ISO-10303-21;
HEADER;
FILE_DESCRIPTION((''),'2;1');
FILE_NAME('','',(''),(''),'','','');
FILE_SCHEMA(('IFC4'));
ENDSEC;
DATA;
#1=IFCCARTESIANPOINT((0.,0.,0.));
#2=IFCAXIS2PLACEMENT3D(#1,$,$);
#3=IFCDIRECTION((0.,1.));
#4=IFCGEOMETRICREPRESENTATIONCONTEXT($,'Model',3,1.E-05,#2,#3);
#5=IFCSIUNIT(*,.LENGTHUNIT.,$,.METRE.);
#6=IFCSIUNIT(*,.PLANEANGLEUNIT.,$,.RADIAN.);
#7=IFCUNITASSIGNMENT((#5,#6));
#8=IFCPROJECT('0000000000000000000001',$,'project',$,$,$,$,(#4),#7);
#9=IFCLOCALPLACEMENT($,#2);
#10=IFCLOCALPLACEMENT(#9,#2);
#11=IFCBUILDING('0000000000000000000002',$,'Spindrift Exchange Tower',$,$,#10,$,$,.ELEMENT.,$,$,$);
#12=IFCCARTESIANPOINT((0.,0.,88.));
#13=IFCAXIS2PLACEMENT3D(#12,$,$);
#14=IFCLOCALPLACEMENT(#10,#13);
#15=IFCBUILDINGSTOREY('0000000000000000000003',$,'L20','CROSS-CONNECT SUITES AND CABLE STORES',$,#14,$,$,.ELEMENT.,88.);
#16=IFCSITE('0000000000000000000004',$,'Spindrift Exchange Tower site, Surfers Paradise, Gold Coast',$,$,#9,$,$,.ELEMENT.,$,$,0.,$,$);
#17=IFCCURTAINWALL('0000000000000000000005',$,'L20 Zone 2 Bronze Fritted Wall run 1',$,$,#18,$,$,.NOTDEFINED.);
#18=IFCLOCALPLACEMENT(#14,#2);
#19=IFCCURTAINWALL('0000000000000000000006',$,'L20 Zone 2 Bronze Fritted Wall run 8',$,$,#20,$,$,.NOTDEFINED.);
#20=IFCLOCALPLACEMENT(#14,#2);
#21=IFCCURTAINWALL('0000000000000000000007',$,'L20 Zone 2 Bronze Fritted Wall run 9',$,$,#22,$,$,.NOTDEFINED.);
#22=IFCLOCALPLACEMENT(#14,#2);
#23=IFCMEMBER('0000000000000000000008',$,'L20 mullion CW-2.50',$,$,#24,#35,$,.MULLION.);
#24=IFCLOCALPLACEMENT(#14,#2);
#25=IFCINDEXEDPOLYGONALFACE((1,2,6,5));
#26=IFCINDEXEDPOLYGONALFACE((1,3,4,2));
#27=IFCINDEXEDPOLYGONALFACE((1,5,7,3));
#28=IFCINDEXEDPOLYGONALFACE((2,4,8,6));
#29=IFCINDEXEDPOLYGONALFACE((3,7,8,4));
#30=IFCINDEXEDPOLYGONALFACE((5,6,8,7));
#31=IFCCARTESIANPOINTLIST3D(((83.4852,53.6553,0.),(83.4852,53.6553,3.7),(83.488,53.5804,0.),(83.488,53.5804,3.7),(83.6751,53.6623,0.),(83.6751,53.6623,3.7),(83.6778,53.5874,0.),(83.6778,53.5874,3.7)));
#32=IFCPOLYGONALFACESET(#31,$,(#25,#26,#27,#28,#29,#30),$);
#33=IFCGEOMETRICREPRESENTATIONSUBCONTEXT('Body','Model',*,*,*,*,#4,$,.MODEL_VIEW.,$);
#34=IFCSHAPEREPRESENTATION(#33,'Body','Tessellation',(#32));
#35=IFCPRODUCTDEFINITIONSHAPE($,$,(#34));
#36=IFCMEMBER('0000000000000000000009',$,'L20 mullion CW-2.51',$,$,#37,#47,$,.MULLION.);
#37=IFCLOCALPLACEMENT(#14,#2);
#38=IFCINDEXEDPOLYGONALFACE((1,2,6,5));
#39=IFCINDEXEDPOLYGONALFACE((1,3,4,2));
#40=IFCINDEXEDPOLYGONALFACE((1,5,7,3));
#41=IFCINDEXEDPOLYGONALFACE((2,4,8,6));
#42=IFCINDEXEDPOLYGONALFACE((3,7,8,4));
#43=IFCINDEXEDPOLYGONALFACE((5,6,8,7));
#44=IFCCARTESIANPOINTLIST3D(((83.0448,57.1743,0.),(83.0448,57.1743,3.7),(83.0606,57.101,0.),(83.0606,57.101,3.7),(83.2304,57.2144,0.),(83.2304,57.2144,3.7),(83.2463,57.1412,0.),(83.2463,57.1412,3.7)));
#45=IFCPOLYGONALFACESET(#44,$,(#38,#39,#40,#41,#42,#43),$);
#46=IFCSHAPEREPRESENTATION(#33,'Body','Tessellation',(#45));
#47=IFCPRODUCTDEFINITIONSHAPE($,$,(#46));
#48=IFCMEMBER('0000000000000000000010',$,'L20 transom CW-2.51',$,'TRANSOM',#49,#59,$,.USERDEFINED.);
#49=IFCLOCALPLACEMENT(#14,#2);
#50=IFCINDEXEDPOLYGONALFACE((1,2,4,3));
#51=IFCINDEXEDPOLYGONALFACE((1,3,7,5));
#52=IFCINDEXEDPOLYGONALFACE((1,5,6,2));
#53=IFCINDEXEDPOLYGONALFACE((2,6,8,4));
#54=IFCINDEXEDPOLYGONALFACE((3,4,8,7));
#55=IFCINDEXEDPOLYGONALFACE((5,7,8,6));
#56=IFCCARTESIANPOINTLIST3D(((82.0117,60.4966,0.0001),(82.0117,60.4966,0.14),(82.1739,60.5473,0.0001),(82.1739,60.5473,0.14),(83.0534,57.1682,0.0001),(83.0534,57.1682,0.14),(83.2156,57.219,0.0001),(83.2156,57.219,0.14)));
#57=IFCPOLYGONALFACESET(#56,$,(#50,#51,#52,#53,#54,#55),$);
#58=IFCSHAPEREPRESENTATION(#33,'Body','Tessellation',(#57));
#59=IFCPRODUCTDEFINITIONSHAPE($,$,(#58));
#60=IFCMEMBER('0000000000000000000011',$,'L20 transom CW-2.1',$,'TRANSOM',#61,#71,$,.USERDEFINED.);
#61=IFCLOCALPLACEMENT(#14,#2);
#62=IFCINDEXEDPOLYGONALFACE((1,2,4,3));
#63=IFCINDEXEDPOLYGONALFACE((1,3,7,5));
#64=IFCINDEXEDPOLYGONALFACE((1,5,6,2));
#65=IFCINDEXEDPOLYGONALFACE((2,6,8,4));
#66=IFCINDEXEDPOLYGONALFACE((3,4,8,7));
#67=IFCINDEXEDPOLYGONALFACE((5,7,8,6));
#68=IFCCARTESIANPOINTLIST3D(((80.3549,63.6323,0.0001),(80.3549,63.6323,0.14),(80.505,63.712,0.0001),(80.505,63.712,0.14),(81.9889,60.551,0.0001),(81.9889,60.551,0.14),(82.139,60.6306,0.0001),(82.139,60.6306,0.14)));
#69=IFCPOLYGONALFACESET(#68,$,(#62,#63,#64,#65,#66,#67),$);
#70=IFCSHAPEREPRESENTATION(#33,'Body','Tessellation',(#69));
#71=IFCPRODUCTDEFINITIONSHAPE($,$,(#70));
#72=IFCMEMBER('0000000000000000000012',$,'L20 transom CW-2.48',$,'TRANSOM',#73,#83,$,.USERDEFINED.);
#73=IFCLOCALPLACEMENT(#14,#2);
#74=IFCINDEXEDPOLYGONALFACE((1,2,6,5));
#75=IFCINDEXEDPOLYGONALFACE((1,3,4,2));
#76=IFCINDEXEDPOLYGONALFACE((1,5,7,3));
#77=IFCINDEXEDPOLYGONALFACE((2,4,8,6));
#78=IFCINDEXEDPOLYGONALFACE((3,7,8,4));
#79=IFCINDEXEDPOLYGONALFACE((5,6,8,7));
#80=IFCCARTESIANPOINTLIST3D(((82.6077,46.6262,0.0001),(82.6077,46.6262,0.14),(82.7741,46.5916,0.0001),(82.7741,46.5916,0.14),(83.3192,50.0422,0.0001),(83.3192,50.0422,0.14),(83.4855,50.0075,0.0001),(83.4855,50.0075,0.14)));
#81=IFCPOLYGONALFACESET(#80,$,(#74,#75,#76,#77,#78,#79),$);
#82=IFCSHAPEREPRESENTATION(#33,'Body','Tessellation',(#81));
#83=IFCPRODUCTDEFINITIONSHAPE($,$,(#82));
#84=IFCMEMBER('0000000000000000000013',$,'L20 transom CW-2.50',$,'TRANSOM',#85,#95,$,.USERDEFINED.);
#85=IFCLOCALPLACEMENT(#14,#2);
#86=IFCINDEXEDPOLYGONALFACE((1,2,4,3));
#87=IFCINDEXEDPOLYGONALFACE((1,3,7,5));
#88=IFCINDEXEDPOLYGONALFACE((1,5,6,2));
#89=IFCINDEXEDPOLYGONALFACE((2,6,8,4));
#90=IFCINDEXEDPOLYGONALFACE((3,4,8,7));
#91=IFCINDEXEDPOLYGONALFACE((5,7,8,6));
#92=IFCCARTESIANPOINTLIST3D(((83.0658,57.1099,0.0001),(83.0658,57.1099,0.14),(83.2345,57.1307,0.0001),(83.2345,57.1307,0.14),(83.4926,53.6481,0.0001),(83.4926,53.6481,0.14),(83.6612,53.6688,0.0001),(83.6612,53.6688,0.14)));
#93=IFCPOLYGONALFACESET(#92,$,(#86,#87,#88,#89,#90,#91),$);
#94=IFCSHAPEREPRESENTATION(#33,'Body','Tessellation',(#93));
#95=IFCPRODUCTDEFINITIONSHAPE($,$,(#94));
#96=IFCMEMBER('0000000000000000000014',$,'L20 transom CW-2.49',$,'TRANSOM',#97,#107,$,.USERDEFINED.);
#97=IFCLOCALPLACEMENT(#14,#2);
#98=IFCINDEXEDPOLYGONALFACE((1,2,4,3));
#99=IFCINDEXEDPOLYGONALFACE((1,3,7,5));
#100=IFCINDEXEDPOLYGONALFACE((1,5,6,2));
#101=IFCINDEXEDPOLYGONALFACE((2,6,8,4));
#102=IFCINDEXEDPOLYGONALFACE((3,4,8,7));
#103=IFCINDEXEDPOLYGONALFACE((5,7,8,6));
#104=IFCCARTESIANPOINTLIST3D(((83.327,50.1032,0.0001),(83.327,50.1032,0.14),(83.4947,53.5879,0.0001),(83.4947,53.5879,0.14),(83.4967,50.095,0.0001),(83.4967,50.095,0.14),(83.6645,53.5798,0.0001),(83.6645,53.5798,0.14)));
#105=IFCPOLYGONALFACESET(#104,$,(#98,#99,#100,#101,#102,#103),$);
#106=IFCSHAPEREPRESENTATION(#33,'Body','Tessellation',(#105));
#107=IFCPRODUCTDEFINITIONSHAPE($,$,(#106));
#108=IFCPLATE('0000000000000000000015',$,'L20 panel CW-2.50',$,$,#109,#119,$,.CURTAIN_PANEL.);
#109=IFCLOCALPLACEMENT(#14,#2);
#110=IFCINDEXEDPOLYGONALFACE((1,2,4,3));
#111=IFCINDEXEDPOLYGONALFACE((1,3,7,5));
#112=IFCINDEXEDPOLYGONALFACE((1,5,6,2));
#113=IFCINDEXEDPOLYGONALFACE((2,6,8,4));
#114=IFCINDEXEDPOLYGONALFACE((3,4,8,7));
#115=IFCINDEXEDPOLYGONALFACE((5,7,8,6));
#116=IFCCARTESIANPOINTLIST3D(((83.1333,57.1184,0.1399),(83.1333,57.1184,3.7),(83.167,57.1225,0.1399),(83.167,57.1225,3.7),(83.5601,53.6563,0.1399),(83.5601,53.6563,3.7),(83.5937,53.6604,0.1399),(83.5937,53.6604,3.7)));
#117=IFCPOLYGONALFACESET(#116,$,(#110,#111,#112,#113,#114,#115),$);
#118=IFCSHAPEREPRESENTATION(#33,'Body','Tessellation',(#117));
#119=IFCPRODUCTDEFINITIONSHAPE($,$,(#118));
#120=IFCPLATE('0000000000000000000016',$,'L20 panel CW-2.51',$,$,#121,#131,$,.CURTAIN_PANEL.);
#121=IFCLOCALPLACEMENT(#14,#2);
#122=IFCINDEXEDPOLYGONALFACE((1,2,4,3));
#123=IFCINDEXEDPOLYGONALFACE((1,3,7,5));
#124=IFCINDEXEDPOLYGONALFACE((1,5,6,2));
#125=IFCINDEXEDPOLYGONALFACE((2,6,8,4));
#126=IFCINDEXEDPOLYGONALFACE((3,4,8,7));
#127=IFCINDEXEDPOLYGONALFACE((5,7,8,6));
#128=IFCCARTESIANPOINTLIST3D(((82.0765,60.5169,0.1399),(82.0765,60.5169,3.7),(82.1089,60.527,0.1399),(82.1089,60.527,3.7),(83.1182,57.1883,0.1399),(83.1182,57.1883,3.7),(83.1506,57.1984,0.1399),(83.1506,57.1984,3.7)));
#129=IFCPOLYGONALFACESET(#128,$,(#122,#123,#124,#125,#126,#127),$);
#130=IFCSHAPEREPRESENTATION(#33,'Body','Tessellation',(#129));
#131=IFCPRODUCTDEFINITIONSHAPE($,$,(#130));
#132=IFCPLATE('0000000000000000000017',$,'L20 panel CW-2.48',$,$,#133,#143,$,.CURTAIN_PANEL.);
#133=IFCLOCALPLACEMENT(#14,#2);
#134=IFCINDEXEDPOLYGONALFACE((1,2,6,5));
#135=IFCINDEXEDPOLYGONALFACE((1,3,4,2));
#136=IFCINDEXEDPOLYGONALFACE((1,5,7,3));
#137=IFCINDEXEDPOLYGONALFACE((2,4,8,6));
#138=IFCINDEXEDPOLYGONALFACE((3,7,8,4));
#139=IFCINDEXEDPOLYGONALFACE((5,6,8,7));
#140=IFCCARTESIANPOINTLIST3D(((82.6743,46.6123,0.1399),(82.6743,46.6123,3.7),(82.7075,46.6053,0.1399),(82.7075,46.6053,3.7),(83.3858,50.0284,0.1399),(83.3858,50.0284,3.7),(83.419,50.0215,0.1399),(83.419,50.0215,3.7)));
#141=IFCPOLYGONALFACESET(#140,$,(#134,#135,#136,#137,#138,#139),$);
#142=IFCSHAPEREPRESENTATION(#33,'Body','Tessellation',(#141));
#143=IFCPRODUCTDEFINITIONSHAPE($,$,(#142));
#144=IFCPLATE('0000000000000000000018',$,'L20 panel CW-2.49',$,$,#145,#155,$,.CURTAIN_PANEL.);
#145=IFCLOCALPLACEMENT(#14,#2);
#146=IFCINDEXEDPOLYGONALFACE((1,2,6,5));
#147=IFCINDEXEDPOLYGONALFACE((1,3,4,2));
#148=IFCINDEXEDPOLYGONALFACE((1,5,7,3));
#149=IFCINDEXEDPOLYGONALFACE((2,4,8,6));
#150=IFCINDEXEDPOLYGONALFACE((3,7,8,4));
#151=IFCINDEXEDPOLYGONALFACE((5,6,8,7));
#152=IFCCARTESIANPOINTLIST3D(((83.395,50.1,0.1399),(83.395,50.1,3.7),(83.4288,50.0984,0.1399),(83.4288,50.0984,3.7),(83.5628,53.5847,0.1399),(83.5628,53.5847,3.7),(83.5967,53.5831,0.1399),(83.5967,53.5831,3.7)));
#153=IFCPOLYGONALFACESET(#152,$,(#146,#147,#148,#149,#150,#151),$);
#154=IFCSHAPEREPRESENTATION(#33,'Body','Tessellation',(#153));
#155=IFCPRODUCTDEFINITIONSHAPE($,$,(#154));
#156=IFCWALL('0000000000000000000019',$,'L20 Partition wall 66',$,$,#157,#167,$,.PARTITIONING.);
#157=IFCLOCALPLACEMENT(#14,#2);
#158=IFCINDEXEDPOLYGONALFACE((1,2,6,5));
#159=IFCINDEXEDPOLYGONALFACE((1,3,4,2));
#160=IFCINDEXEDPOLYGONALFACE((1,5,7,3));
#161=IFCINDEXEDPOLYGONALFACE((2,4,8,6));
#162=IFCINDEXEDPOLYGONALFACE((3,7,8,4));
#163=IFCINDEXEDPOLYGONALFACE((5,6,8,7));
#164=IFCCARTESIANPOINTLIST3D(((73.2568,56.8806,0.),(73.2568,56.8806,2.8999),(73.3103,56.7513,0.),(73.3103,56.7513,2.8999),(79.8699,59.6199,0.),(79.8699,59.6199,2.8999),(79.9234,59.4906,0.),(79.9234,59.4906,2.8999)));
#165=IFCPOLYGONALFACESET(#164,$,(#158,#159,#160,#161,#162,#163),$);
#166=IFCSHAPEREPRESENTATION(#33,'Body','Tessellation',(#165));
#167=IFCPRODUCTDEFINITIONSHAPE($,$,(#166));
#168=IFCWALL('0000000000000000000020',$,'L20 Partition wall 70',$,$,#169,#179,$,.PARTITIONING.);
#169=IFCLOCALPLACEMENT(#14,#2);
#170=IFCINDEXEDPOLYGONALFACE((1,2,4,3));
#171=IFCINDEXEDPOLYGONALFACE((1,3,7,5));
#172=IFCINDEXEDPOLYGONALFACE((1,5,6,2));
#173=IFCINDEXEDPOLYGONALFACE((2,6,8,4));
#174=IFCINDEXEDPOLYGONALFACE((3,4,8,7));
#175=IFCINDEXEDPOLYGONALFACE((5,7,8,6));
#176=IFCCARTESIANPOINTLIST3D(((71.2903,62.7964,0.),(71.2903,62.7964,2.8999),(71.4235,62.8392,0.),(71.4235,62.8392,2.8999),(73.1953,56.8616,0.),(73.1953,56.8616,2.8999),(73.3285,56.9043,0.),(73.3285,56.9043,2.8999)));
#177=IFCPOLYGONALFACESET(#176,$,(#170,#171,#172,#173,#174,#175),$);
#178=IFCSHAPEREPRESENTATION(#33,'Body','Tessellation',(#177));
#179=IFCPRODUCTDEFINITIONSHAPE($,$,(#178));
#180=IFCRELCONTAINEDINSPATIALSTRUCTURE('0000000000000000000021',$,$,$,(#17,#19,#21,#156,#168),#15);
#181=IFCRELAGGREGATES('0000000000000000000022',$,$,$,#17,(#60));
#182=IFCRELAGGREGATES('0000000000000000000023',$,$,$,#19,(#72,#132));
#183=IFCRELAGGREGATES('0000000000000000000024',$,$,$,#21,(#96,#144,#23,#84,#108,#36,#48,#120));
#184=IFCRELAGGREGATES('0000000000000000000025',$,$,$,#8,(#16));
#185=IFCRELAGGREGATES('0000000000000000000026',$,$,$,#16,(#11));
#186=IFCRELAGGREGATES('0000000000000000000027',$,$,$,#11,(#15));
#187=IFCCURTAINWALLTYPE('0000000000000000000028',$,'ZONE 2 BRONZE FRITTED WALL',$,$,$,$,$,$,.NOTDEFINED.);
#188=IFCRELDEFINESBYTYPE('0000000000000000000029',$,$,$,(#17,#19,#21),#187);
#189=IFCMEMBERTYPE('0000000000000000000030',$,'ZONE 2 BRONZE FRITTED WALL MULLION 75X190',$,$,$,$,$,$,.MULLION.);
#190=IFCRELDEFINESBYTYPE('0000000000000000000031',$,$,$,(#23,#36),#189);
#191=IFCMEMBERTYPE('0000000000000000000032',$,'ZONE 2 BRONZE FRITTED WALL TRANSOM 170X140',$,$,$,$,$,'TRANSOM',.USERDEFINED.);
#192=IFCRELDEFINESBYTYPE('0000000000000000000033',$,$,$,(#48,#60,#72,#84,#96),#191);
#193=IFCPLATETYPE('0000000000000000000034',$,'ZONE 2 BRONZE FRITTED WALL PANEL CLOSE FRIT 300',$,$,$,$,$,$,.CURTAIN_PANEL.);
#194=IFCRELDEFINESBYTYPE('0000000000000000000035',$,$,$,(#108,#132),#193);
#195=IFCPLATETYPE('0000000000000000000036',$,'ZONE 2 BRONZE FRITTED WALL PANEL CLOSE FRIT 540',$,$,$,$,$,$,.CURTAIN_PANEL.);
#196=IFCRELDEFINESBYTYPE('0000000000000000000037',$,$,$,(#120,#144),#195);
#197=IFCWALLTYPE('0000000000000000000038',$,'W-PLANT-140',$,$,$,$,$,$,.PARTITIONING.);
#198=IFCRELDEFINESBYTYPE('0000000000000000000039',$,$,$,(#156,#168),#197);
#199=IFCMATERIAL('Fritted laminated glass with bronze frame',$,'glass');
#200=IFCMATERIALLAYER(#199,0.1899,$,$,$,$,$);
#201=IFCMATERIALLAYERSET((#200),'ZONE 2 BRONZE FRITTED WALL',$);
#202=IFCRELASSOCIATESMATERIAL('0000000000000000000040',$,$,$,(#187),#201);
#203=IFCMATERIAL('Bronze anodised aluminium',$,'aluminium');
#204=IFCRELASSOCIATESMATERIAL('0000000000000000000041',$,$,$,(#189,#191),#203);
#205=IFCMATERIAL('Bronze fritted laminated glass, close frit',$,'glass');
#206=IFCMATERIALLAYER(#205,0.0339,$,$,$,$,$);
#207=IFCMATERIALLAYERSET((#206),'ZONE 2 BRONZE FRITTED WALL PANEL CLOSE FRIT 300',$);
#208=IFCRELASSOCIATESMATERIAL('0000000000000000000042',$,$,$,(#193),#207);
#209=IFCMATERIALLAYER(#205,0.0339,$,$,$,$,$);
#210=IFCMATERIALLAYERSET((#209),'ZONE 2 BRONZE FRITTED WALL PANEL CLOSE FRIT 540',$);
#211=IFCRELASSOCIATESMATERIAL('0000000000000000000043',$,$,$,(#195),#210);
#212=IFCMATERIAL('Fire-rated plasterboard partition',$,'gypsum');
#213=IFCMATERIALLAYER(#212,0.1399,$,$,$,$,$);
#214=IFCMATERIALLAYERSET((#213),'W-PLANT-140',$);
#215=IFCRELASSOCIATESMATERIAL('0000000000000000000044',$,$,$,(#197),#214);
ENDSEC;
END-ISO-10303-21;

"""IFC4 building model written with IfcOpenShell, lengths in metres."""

from ifc_helpers import new_model, si_unit, direction, frame, frame_2d, origin, origin_2d, place, context, subcontext, project, spatial, rectangle, extrude, source, transform, mapped, material, layer, layer_set, material_profile, profile_set, type_object, element, aggregate, save


model = new_model("IFC4")

# Units and contexts
model_context = context("Model", 3, precision=1e-05, world=origin(), true_north=direction((0.0, 1.0)))
body_context = subcontext(model_context, "Body", "Model", "MODEL_VIEW")
ifc_project = project(units=[si_unit("LENGTHUNIT", "METRE"), si_unit("PLANEANGLEUNIT", "RADIAN")], contexts=[model_context])

# Site, building, storey
site_placement = place(None, origin())
site = spatial("IfcSite", under=ifc_project, at=site_placement, Name="Spindrift Exchange Tower site, Surfers Paradise, Gold Coast", CompositionType="ELEMENT", RefElevation=0.0)
building_placement = place(site_placement, origin())
building = spatial("IfcBuilding", under=site, at=building_placement, Name="Spindrift Exchange Tower", CompositionType="ELEMENT")
storey_placement = place(building_placement, frame((0.0, 0.0, 88.0)))
storey = spatial("IfcBuildingStorey", under=building, at=storey_placement, Name="L20", Description="CROSS-CONNECT SUITES AND CABLE STORES", CompositionType="ELEMENT", Elevation=88.0)

# Curtain walls
ifc_material_1 = material(Name="Fritted laminated glass with bronze frame", Category="glass")
ifc_layer_1 = layer(ifc_material_1, 0.1899)
ifc_layer_set_1 = layer_set([ifc_layer_1], Name="ZONE 2 BRONZE FRITTED WALL")
curtain_wall_type = type_object("IfcCurtainWallType", Name="ZONE 2 BRONZE FRITTED WALL", PredefinedType="NOTDEFINED", material=ifc_layer_set_1)
curtain_wall_1_placement = place(storey_placement, origin())
curtain_wall_1 = element("IfcCurtainWall", 1, at=curtain_wall_1_placement, inside=storey, type_object=curtain_wall_type, Name="L20 Zone 2 Bronze Fritted Wall run 1", PredefinedType="NOTDEFINED")
ifc_material_2 = material(Name="Bronze anodised aluminium", Category="aluminium")
ifc_material_profile_1 = material_profile(ifc_material_2, rectangle(XDim=0.075, YDim=0.1899, at=origin_2d()), Name="ZONE 2 BRONZE FRITTED WALL MULLION 75X190")
ifc_profile_set_1 = profile_set([ifc_material_profile_1], Name="Bronze anodised aluminium")
member_type_1 = type_object("IfcMemberType", Name="ZONE 2 BRONZE FRITTED WALL MULLION 75X190", PredefinedType="MULLION", material=ifc_profile_set_1)
shared_shape_1 = source(origin(), body_context, "Body", "SweptSolid", [
    extrude(rectangle(XDim=0.075, YDim=0.1899, at=origin_2d()), origin(), (0.0, 0.0, 1.0), 3.7),
])
curtain_wall_2_placement = place(storey_placement, origin())
curtain_wall_2 = element("IfcCurtainWall", 2, at=curtain_wall_2_placement, inside=storey, type_object=curtain_wall_type, Name="L20 Zone 2 Bronze Fritted Wall run 8", PredefinedType="NOTDEFINED")

# Curtain wall, members
curtain_wall_3_placement = place(storey_placement, origin())
curtain_wall_3 = element("IfcCurtainWall", 3, at=curtain_wall_3_placement, inside=storey, type_object=curtain_wall_type, Name="L20 Zone 2 Bronze Fritted Wall run 9", PredefinedType="NOTDEFINED")
member_1_placement = place(storey_placement, frame((83.5815, 53.6213, 0.0), z_axis=(0.0, 0.0, 1.0), x_axis=(-0.037241, 0.999306, 0.0)))
member_1 = element("IfcMember", 4, at=member_1_placement, type_object=member_type_1, Name="L20 mullion CW-2.50", PredefinedType="MULLION", context=body_context, shape_type="MappedRepresentation", body=[
    mapped(shared_shape_1, transform((0.0, 0.0, 0.0), scale=1.0)),
])
member_2_placement = place(storey_placement, frame((83.1455, 57.1577, 0.0), z_axis=(0.0, 0.0, 1.0), x_axis=(-0.211367, 0.977407, 0.0)))
member_2 = element("IfcMember", 5, at=member_2_placement, type_object=member_type_1, Name="L20 mullion CW-2.51", PredefinedType="MULLION", context=body_context, shape_type="MappedRepresentation", body=[
    mapped(shared_shape_1, transform((0.0, 0.0, 0.0), scale=1.0)),
])
ifc_material_profile_2 = material_profile(ifc_material_2, rectangle(XDim=0.1699, YDim=0.1399, at=origin_2d()), Name="ZONE 2 BRONZE FRITTED WALL TRANSOM 170X140")
ifc_profile_set_2 = profile_set([ifc_material_profile_2], Name="Bronze anodised aluminium")
member_type_2 = type_object("IfcMemberType", Name="ZONE 2 BRONZE FRITTED WALL TRANSOM 170X140", ElementType="TRANSOM", PredefinedType="USERDEFINED", material=ifc_profile_set_2)
shared_shape_2 = source(origin(), body_context, "Body", "SweptSolid", [
    extrude(rectangle(XDim=0.1699, YDim=0.1399, at=origin_2d()), origin(), (0.0, 0.0, 1.0), 3.4875),
])
member_3_placement = place(storey_placement, frame((83.1345, 57.1936, 0.0701), z_axis=(-0.298701, 0.954347, 0.0), x_axis=(-0.954347, -0.298701, 0.0)))
member_3 = element("IfcMember", 6, at=member_3_placement, type_object=member_type_2, Name="L20 transom CW-2.51", ObjectType="TRANSOM", PredefinedType="USERDEFINED", context=body_context, shape_type="MappedRepresentation", body=[
    mapped(shared_shape_2, transform((0.0, 0.0, 0.0), scale=1.0)),
])

# Members
shared_shape_3 = source(origin(), body_context, "Body", "SweptSolid", [
    extrude(rectangle(XDim=0.1699, YDim=0.1399, at=origin_2d()), origin(), (0.0, 0.0, 1.0), 3.4878),
])
member_4_placement = place(storey_placement, frame((82.064, 60.5908, 0.0701), z_axis=(-0.468505, 0.883461, 0.0), x_axis=(-0.883461, -0.468505, 0.0)))
member_4 = element("IfcMember", 7, at=member_4_placement, type_object=member_type_2, Name="L20 transom CW-2.1", ObjectType="TRANSOM", PredefinedType="USERDEFINED", context=body_context, shape_type="MappedRepresentation", body=[
    mapped(shared_shape_3, transform((0.0, 0.0, 0.0), scale=1.0)),
])
aggregate(curtain_wall_1, [member_4])
shared_shape_4 = source(origin(), body_context, "Body", "SweptSolid", [
    extrude(rectangle(XDim=0.1699, YDim=0.1399, at=origin_2d()), origin(), (0.0, 0.0, 1.0), 3.4893),
])
member_5_placement = place(storey_placement, frame((82.6909, 46.6089, 0.0701), z_axis=(0.203887, 0.978994, 0.0), x_axis=(-0.978994, 0.203887, 0.0)))
member_5 = element("IfcMember", 8, at=member_5_placement, type_object=member_type_2, Name="L20 transom CW-2.48", ObjectType="TRANSOM", PredefinedType="USERDEFINED", context=body_context, shape_type="MappedRepresentation", body=[
    mapped(shared_shape_4, transform((0.0, 0.0, 0.0), scale=1.0)),
])
shared_shape_5 = source(origin(), body_context, "Body", "SweptSolid", [
    extrude(rectangle(XDim=0.1699, YDim=0.1399, at=origin_2d()), origin(), (0.0, 0.0, 1.0), 3.488),
])
member_6_placement = place(storey_placement, frame((83.5769, 53.6584, 0.0701), z_axis=(-0.122346, 0.992487, 0.0), x_axis=(-0.992487, -0.122346, 0.0)))
member_6 = element("IfcMember", 9, at=member_6_placement, type_object=member_type_2, Name="L20 transom CW-2.50", ObjectType="TRANSOM", PredefinedType="USERDEFINED", context=body_context, shape_type="MappedRepresentation", body=[
    mapped(shared_shape_5, transform((0.0, 0.0, 0.0), scale=1.0)),
])
shared_shape_6 = source(origin(), body_context, "Body", "SweptSolid", [
    extrude(rectangle(XDim=0.1699, YDim=0.1399, at=origin_2d()), origin(), (0.0, 0.0, 1.0), 3.4888),
])
member_7_placement = place(storey_placement, frame((83.4119, 50.0991, 0.0701), z_axis=(0.048077, 0.998844, 0.0), x_axis=(-0.998844, 0.048077, 0.0)))
member_7 = element("IfcMember", 10, at=member_7_placement, type_object=member_type_2, Name="L20 transom CW-2.49", ObjectType="TRANSOM", PredefinedType="USERDEFINED", context=body_context, shape_type="MappedRepresentation", body=[
    mapped(shared_shape_6, transform((0.0, 0.0, 0.0), scale=1.0)),
])

# Plates
ifc_material_3 = material(Name="Bronze fritted laminated glass, close frit", Category="glass")
ifc_layer_2 = layer(ifc_material_3, 0.0339)
ifc_layer_set_2 = layer_set([ifc_layer_2], Name="ZONE 2 BRONZE FRITTED WALL PANEL CLOSE FRIT 300")
plate_type_1 = type_object("IfcPlateType", Name="ZONE 2 BRONZE FRITTED WALL PANEL CLOSE FRIT 300", PredefinedType="CURTAIN_PANEL", material=ifc_layer_set_2)
shared_shape_7 = source(origin(), body_context, "Body", "SweptSolid", [
    extrude(rectangle(XDim=3.4883, YDim=0.0339, at=origin_2d()), origin(), (0.0, 0.0, 1.0), 3.5601),
])
plate_1_placement = place(storey_placement, frame((83.3635, 55.3894, 0.1399), z_axis=(0.0, 0.0, 1.0), x_axis=(-0.122335, 0.992489, 0.0)))
plate_1 = element("IfcPlate", 11, at=plate_1_placement, type_object=plate_type_1, Name="L20 panel CW-2.50", PredefinedType="CURTAIN_PANEL", context=body_context, shape_type="MappedRepresentation", body=[
    mapped(shared_shape_7, transform((0.0, 0.0, 0.0), scale=1.0)),
])
ifc_layer_3 = layer(ifc_material_3, 0.0339)
ifc_layer_set_3 = layer_set([ifc_layer_3], Name="ZONE 2 BRONZE FRITTED WALL PANEL CLOSE FRIT 540")
plate_type_2 = type_object("IfcPlateType", Name="ZONE 2 BRONZE FRITTED WALL PANEL CLOSE FRIT 540", PredefinedType="CURTAIN_PANEL", material=ifc_layer_set_3)
shared_shape_8 = source(origin(), body_context, "Body", "SweptSolid", [
    extrude(rectangle(XDim=3.4878, YDim=0.0339, at=origin_2d()), origin(), (0.0, 0.0, 1.0), 3.5601),
])
plate_2_placement = place(storey_placement, frame((82.6135, 58.8577, 0.1399), z_axis=(0.0, 0.0, 1.0), x_axis=(-0.298676, 0.954355, 0.0)))
plate_2 = element("IfcPlate", 12, at=plate_2_placement, type_object=plate_type_2, Name="L20 panel CW-2.51", PredefinedType="CURTAIN_PANEL", context=body_context, shape_type="MappedRepresentation", body=[
    mapped(shared_shape_8, transform((0.0, 0.0, 0.0), scale=1.0)),
])
shared_shape_9 = source(origin(), body_context, "Body", "SweptSolid", [
    extrude(rectangle(XDim=3.4895, YDim=0.0339, at=origin_2d()), origin(), (0.0, 0.0, 1.0), 3.5601),
])
plate_3_placement = place(storey_placement, frame((83.0466, 48.3169, 0.1399), z_axis=(0.0, 0.0, 1.0), x_axis=(0.203907, 0.97899, 0.0)))
plate_3 = element("IfcPlate", 13, at=plate_3_placement, type_object=plate_type_1, Name="L20 panel CW-2.48", PredefinedType="CURTAIN_PANEL", context=body_context, shape_type="MappedRepresentation", body=[
    mapped(shared_shape_9, transform((0.0, 0.0, 0.0), scale=1.0)),
])
aggregate(curtain_wall_2, [member_5, plate_3])
shared_shape_10 = source(origin(), body_context, "Body", "SweptSolid", [
    extrude(rectangle(XDim=3.4888, YDim=0.0339, at=origin_2d()), origin(), (0.0, 0.0, 1.0), 3.5601),
])
plate_4_placement = place(storey_placement, frame((83.4958, 51.8416, 0.1399), z_axis=(0.0, 0.0, 1.0), x_axis=(0.048125, 0.998841, 0.0)))
plate_4 = element("IfcPlate", 14, at=plate_4_placement, type_object=plate_type_2, Name="L20 panel CW-2.49", PredefinedType="CURTAIN_PANEL", context=body_context, shape_type="MappedRepresentation", body=[
    mapped(shared_shape_10, transform((0.0, 0.0, 0.0), scale=1.0)),
])
aggregate(curtain_wall_3, [member_7, plate_4, member_1, member_6, plate_1, member_2, member_3, plate_2])

# Walls
ifc_material_4 = material(Name="Fire-rated plasterboard partition", Category="gypsum")
ifc_layer_4 = layer(ifc_material_4, 0.1399)
ifc_layer_set_4 = layer_set([ifc_layer_4], Name="W-PLANT-140")
wall_type_1 = type_object("IfcWallType", Name="W-PLANT-140", PredefinedType="PARTITIONING", material=ifc_layer_set_4)
wall_1_placement = place(storey_placement, frame((73.2834, 56.8159, 0.0), z_axis=(0.0, 0.0, 1.0), x_axis=(0.923877, 0.382689, 0.0)))
element("IfcWall", 15, at=wall_1_placement, inside=storey, type_object=wall_type_1, Name="L20 Partition wall 66", PredefinedType="PARTITIONING", context=body_context, shape_type="SweptSolid", body=[
    extrude(rectangle(XDim=7.158, YDim=0.1399, at=frame_2d((3.5791, 0.0))), origin(), (0.0, 0.0, 1.0), 2.8999),
])
wall_2_placement = place(storey_placement, frame((73.262, 56.8828, 0.0), z_axis=(0.0, 0.0, 1.0), x_axis=(-0.305633, 0.95215, 0.0)))
element("IfcWall", 16, at=wall_2_placement, inside=storey, type_object=wall_type_1, Name="L20 Partition wall 70", PredefinedType="PARTITIONING", context=body_context, shape_type="SweptSolid", body=[
    extrude(rectangle(XDim=6.2332, YDim=0.1399, at=frame_2d((3.1167, 0.0))), origin(), (0.0, 0.0, 1.0), 2.8999),
])

save(model, "model.ifc")
